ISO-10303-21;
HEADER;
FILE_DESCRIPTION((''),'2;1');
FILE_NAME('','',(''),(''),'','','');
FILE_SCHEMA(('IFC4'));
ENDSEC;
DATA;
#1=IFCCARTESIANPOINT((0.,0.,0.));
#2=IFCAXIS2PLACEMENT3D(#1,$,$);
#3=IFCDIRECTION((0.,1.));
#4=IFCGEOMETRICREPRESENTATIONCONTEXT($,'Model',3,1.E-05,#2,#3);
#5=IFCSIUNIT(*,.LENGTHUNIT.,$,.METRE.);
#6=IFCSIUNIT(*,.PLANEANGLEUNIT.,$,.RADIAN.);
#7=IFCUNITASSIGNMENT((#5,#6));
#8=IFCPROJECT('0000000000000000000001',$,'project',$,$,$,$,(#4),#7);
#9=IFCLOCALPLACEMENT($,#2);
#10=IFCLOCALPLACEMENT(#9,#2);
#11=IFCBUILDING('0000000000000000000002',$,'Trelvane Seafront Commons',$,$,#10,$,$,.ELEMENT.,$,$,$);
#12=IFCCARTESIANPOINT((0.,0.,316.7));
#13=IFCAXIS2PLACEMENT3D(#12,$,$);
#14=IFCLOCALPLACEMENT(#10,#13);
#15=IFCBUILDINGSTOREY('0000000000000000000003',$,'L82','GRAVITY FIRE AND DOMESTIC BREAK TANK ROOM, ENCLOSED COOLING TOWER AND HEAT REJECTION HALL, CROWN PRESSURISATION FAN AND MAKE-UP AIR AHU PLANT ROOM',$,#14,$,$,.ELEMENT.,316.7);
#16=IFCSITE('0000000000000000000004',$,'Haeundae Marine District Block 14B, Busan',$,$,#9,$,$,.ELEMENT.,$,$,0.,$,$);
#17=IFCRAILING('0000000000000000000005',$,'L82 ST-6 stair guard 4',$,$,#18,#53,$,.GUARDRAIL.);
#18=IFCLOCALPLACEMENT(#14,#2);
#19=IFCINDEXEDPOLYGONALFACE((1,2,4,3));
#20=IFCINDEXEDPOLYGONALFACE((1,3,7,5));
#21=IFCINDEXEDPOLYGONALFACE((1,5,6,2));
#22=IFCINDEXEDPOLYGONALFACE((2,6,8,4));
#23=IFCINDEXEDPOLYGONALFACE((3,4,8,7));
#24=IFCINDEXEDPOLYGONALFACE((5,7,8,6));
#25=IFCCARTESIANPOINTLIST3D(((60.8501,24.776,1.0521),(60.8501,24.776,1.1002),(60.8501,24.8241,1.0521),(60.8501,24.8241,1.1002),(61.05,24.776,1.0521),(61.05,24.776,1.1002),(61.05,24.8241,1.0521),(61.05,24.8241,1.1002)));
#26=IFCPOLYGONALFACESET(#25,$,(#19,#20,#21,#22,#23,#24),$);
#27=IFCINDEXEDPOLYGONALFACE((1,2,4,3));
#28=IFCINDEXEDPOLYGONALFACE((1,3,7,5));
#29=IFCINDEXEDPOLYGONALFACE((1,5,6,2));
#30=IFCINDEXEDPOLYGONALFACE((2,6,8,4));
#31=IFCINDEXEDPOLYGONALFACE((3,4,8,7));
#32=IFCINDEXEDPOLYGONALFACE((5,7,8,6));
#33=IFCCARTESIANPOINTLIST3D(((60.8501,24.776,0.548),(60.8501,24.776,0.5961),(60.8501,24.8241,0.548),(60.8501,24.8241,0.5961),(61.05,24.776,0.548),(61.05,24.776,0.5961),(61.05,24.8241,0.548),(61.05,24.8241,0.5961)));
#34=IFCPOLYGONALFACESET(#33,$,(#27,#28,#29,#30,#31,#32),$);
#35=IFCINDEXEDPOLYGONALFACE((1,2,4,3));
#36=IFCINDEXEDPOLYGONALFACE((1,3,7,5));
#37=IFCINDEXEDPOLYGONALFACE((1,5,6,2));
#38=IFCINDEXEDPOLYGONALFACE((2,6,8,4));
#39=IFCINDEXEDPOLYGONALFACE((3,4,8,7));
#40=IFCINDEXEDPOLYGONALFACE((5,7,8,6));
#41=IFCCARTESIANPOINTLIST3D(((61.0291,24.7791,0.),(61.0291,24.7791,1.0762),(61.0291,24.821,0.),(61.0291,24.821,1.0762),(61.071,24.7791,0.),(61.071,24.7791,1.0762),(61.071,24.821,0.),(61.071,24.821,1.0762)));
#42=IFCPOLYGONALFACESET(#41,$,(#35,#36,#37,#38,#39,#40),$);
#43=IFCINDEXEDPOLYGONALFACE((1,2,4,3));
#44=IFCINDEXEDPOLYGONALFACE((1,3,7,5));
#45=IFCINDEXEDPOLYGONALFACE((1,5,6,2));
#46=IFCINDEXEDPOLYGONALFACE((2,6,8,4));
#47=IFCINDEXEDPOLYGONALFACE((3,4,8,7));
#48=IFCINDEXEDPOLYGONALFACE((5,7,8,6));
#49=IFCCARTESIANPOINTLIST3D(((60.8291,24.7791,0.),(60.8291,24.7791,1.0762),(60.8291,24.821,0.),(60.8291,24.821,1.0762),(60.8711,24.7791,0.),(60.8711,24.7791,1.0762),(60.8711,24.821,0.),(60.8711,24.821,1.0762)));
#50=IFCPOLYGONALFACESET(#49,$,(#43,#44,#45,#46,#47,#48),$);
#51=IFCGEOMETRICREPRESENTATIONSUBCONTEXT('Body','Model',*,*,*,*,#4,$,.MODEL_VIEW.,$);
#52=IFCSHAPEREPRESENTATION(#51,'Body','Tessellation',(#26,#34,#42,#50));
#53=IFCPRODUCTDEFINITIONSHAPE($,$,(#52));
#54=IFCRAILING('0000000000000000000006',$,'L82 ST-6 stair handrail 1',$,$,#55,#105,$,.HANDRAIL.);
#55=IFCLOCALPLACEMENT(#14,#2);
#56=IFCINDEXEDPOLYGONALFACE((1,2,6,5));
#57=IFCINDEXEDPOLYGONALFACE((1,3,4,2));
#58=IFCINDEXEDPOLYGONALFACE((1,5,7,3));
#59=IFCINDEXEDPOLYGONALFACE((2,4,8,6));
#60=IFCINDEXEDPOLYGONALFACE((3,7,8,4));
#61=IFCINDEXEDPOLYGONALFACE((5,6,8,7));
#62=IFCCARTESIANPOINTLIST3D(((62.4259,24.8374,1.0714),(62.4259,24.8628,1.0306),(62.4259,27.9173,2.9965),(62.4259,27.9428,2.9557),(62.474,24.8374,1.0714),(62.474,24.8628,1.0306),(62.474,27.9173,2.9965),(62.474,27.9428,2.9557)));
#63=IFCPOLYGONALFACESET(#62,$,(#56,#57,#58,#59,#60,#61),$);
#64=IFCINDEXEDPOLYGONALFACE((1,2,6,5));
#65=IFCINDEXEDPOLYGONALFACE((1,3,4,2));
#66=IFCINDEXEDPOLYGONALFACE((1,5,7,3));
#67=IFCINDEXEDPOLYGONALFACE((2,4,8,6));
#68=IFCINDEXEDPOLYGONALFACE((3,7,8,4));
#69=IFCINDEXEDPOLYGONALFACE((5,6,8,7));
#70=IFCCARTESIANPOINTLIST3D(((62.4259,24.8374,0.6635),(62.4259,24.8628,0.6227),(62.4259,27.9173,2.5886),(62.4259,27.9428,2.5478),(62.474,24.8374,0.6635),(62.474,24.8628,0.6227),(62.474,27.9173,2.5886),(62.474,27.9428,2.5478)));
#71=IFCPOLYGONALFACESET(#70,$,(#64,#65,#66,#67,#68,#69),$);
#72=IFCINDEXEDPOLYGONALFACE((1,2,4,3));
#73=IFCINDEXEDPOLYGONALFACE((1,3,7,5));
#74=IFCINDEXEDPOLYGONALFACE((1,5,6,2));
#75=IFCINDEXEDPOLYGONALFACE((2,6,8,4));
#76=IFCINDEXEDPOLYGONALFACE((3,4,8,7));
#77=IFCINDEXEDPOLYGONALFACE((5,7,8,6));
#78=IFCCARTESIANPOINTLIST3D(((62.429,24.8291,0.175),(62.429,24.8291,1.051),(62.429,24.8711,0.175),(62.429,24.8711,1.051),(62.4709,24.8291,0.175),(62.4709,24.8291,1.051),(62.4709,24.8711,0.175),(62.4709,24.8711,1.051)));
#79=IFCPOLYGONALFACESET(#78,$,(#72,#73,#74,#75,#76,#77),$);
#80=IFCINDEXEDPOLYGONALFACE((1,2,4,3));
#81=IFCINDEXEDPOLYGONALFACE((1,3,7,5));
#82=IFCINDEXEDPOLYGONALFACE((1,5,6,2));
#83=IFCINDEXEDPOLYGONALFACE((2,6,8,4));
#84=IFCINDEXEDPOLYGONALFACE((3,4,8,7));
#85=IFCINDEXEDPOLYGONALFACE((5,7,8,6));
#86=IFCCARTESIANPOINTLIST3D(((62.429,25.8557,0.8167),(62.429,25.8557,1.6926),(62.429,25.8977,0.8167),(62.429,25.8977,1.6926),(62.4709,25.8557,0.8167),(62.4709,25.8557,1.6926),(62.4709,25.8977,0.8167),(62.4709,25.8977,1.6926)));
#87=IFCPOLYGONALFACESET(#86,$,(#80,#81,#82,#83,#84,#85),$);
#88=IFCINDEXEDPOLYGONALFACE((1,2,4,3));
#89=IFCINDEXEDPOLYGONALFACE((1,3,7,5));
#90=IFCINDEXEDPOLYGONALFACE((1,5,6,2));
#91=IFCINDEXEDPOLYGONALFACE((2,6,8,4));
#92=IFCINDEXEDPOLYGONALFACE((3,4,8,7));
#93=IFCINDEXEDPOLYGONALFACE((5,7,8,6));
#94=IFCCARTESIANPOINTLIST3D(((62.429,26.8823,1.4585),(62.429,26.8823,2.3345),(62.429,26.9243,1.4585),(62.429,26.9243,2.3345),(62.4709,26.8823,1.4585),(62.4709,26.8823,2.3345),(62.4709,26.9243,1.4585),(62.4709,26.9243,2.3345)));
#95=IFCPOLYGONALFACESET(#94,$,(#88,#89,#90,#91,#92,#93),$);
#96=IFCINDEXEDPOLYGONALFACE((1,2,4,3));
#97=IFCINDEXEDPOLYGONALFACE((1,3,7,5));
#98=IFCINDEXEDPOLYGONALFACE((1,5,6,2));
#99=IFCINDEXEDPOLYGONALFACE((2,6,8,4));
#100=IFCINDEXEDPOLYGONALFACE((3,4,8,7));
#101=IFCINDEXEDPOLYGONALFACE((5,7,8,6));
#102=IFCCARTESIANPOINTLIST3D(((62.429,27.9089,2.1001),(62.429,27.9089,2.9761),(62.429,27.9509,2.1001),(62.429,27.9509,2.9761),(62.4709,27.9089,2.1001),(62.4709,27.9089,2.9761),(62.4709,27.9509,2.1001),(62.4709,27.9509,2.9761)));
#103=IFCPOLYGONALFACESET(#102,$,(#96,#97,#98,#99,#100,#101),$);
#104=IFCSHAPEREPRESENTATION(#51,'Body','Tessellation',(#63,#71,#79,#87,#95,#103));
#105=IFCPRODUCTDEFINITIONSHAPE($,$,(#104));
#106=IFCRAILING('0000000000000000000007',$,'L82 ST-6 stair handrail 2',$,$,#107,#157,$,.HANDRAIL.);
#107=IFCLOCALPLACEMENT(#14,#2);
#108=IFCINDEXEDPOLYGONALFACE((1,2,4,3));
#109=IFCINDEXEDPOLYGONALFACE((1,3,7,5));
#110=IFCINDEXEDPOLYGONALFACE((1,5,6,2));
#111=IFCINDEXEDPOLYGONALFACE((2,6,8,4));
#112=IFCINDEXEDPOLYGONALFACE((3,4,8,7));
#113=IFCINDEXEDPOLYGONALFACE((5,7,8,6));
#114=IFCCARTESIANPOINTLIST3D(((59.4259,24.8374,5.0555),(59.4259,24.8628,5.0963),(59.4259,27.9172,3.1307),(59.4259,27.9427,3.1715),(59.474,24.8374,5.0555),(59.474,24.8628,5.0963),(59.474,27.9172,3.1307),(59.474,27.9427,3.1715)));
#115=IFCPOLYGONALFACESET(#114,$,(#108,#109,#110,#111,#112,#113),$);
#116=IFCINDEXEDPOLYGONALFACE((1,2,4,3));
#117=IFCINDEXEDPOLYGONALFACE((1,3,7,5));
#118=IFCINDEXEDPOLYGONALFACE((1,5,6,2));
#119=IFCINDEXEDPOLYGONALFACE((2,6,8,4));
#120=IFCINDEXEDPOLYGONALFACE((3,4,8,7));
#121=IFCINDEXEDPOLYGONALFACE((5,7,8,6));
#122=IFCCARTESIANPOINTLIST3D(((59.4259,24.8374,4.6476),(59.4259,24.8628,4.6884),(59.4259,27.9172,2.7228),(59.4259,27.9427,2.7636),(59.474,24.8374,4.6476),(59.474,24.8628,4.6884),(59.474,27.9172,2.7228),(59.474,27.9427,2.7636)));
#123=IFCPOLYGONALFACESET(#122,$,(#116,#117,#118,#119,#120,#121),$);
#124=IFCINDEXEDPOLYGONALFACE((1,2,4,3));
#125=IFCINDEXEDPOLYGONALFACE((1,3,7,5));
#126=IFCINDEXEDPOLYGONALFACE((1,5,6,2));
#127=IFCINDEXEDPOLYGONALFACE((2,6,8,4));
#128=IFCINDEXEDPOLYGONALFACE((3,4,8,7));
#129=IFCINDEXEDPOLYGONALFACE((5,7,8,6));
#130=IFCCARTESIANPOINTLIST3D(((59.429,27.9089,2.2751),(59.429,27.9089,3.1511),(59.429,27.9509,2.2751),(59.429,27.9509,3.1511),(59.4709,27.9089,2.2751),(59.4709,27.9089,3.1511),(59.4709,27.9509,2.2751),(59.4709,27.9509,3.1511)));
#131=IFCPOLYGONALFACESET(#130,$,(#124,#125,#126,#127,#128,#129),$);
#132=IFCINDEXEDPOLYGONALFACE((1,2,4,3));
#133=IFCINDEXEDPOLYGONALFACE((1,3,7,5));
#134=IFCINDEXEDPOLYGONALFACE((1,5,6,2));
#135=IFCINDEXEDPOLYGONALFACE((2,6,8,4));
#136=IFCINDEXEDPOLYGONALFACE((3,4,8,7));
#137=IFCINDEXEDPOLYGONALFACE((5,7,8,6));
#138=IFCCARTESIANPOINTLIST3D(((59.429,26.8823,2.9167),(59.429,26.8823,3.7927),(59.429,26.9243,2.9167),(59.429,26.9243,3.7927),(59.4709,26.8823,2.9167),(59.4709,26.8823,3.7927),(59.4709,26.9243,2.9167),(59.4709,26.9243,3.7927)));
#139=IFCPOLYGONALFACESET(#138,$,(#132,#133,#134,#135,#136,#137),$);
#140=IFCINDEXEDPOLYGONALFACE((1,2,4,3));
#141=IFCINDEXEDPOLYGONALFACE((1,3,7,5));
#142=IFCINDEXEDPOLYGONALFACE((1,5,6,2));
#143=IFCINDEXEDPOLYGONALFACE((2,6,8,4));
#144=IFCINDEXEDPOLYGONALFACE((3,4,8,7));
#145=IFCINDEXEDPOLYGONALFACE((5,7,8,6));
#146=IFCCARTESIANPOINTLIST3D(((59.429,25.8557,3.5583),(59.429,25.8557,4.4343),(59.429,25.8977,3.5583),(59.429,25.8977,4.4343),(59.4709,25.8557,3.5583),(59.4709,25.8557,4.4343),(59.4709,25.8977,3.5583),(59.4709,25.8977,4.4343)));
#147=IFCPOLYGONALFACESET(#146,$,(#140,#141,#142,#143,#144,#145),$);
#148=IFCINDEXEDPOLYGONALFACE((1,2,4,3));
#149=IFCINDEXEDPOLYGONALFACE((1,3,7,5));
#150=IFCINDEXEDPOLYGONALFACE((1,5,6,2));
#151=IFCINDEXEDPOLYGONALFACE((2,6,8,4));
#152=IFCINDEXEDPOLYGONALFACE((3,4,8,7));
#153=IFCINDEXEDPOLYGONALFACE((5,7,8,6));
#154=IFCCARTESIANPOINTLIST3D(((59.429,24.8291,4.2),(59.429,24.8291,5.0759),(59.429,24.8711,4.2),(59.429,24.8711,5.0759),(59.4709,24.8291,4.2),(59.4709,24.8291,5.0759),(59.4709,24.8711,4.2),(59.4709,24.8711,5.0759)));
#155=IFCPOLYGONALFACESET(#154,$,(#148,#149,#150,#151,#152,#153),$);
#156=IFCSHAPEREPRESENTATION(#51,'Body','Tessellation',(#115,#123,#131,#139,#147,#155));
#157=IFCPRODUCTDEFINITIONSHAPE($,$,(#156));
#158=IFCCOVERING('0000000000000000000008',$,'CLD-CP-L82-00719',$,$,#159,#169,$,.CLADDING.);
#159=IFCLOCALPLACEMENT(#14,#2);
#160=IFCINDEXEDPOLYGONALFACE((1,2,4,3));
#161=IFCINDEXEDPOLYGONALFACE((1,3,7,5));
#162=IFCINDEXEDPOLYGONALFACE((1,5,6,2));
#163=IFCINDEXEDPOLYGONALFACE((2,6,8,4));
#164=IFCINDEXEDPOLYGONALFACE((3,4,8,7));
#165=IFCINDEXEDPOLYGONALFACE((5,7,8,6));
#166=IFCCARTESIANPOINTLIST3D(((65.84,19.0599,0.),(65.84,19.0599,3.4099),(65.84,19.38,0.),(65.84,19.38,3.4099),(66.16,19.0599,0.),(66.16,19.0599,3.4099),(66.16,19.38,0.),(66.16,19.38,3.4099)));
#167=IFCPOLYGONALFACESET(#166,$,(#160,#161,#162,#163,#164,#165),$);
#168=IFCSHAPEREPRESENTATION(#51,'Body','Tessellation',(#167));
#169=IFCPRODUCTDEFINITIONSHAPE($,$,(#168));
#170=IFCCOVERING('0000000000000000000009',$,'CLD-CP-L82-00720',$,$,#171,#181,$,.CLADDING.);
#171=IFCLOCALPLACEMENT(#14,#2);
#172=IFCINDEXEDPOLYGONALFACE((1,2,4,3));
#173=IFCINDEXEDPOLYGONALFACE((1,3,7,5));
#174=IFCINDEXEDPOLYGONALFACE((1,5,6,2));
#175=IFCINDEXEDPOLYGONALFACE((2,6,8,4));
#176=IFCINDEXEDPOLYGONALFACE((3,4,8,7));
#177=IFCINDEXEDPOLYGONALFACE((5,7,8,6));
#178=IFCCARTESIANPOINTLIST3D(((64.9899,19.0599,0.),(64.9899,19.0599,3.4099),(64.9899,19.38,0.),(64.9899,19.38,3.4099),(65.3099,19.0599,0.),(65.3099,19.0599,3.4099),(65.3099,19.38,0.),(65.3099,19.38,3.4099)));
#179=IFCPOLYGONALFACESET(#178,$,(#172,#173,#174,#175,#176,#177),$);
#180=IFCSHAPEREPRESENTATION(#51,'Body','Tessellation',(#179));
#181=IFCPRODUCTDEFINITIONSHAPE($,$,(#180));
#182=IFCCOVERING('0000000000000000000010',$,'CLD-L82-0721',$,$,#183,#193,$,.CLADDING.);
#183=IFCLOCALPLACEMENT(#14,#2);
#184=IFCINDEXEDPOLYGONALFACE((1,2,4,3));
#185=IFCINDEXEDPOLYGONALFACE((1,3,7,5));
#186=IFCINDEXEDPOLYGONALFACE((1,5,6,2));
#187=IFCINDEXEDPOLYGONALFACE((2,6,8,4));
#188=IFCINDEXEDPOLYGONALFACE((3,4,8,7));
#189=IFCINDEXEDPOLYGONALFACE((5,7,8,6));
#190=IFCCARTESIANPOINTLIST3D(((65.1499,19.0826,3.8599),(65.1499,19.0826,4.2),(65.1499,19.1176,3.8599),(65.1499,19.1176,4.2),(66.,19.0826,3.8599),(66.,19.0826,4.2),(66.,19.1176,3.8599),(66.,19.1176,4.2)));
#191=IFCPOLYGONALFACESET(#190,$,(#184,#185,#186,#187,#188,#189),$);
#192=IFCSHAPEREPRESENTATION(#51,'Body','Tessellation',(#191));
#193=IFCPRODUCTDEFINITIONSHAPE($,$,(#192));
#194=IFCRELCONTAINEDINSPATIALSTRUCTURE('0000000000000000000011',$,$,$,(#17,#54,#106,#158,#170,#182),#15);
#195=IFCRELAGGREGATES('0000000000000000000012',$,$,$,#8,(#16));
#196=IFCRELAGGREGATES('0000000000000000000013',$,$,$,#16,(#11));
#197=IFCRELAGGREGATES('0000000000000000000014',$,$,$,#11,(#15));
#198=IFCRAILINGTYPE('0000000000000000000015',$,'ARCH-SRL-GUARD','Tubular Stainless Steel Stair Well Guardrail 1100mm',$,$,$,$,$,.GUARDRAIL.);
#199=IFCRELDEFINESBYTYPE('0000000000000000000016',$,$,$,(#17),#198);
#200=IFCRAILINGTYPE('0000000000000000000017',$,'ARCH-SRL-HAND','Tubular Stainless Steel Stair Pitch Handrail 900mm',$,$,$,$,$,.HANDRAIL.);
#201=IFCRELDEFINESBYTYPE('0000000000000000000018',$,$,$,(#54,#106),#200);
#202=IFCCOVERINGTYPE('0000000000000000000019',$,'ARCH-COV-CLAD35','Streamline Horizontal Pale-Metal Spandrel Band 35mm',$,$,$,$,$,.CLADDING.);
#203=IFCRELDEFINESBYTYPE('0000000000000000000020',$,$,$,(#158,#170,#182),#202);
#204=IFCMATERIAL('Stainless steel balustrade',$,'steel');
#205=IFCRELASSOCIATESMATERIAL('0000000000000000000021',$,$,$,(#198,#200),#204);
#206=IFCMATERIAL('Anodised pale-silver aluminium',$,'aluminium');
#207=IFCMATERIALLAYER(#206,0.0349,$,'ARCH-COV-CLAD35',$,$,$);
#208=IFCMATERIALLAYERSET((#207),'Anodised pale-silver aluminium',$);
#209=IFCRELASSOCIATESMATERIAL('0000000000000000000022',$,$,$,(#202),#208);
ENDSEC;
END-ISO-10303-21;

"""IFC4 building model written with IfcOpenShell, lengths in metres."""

from ifc_helpers import new_model, si_unit, direction, frame, origin, origin_2d, place, context, subcontext, project, spatial, rectangle, extrude, source, transform, mapped, material, layer, layer_set, type_object, element, save


model = new_model("IFC4")

# Units and contexts
model_context = context("Model", 3, precision=1e-05, world=origin(), true_north=direction((0.0, 1.0)))
body_context = subcontext(model_context, "Body", "Model", "MODEL_VIEW")
ifc_project = project(units=[si_unit("LENGTHUNIT", "METRE"), si_unit("PLANEANGLEUNIT", "RADIAN")], contexts=[model_context])

# Site, building, storey
site_placement = place(None, origin())
site = spatial("IfcSite", under=ifc_project, at=site_placement, Name="Haeundae Marine District Block 14B, Busan", CompositionType="ELEMENT", RefElevation=0.0)
building_placement = place(site_placement, origin())
building = spatial("IfcBuilding", under=site, at=building_placement, Name="Trelvane Seafront Commons", CompositionType="ELEMENT")
storey_placement = place(building_placement, frame((0.0, 0.0, 316.7)))
storey = spatial("IfcBuildingStorey", under=building, at=storey_placement, Name="L82", Description="GRAVITY FIRE AND DOMESTIC BREAK TANK ROOM, ENCLOSED COOLING TOWER AND HEAT REJECTION HALL, CROWN PRESSURISATION FAN AND MAKE-UP AIR AHU PLANT ROOM", CompositionType="ELEMENT", Elevation=316.7)

# Shared definitions
ifc_material_1 = material(Name="Anodised pale-silver aluminium", Category="aluminium")

# Railings
ifc_material_2 = material(Name="Stainless steel balustrade", Category="steel")
railing_type_1 = type_object("IfcRailingType", Name="ARCH-SRL-GUARD", Description="Tubular Stainless Steel Stair Well Guardrail 1100mm", PredefinedType="GUARDRAIL", material=ifc_material_2)
railing_1_placement = place(storey_placement, frame((61.05, 24.8, 0.0)))
element("IfcRailing", 1, at=railing_1_placement, inside=storey, type_object=railing_type_1, Name="L82 ST-6 stair guard 4", PredefinedType="GUARDRAIL", context=body_context, shape_type="SweptSolid", body=[
    extrude(rectangle(XDim=0.0481, YDim=0.0481, at=origin_2d()), frame((0.0, 0.0, 1.0762), z_axis=(-1.0, 0.0, 0.0), x_axis=(0.0, -1.0, 0.0)), (0.0, 0.0, 1.0), 0.2),
    extrude(rectangle(XDim=0.0481, YDim=0.0481, at=origin_2d()), frame((0.0, 0.0, 0.572), z_axis=(-1.0, 0.0, 0.0), x_axis=(0.0, -1.0, 0.0)), (0.0, 0.0, 1.0), 0.2),
    extrude(rectangle(XDim=0.042, YDim=0.042, at=origin_2d()), origin(), (0.0, 0.0, 1.0), 1.0762),
    extrude(rectangle(XDim=0.042, YDim=0.042, at=origin_2d()), frame((-0.2, 0.0, 0.0)), (0.0, 0.0, 1.0), 1.0762),
])
railing_type_2 = type_object("IfcRailingType", Name="ARCH-SRL-HAND", Description="Tubular Stainless Steel Stair Pitch Handrail 900mm", PredefinedType="HANDRAIL", material=ifc_material_2)
railing_2_placement = place(storey_placement, frame((62.45, 24.8501, 0.175)))
element("IfcRailing", 2, at=railing_2_placement, inside=storey, type_object=railing_type_2, Name="L82 ST-6 stair handrail 1", PredefinedType="HANDRAIL", context=body_context, shape_type="SweptSolid", body=[
    extrude(rectangle(XDim=0.0481, YDim=0.0481, at=origin_2d()), frame((0.0, 0.0, 0.876), z_axis=(0.0, 0.847979, 0.530029), x_axis=(-1.0, 0.0, 0.0)), (0.0, 0.0, 1.0), 3.6321),
    extrude(rectangle(XDim=0.0481, YDim=0.0481, at=origin_2d()), frame((0.0, 0.0, 0.468), z_axis=(0.0, 0.847979, 0.530029), x_axis=(-1.0, 0.0, 0.0)), (0.0, 0.0, 1.0), 3.6321),
    extrude(rectangle(XDim=0.042, YDim=0.042, at=origin_2d()), origin(), (0.0, 0.0, 1.0), 0.876),
    extrude(rectangle(XDim=0.042, YDim=0.042, at=origin_2d()), frame((0.0, 1.0266, 0.6416)), (0.0, 0.0, 1.0), 0.876),
    extrude(rectangle(XDim=0.042, YDim=0.042, at=origin_2d()), frame((0.0, 2.0532, 1.2834)), (0.0, 0.0, 1.0), 0.876),
    extrude(rectangle(XDim=0.042, YDim=0.042, at=origin_2d()), frame((0.0, 3.0798, 1.925)), (0.0, 0.0, 1.0), 0.876),
])
railing_3_placement = place(storey_placement, frame((59.45, 27.9299, 2.2751)))
element("IfcRailing", 3, at=railing_3_placement, inside=storey, type_object=railing_type_2, Name="L82 ST-6 stair handrail 2", PredefinedType="HANDRAIL", context=body_context, shape_type="SweptSolid", body=[
    extrude(rectangle(XDim=0.0481, YDim=0.0481, at=origin_2d()), frame((0.0, 0.0, 0.876), z_axis=(0.0, -0.84801, 0.529981), x_axis=(1.0, 0.0, 0.0)), (0.0, 0.0, 1.0), 3.6318),
    extrude(rectangle(XDim=0.0481, YDim=0.0481, at=origin_2d()), frame((0.0, 0.0, 0.468), z_axis=(0.0, -0.84801, 0.529981), x_axis=(1.0, 0.0, 0.0)), (0.0, 0.0, 1.0), 3.6318),
    extrude(rectangle(XDim=0.042, YDim=0.042, at=origin_2d()), origin(), (0.0, 0.0, 1.0), 0.876),
    extrude(rectangle(XDim=0.042, YDim=0.042, at=origin_2d()), frame((0.0, -1.0266, 0.6416)), (0.0, 0.0, 1.0), 0.876),
    extrude(rectangle(XDim=0.042, YDim=0.042, at=origin_2d()), frame((0.0, -2.0532, 1.2832)), (0.0, 0.0, 1.0), 0.876),
    extrude(rectangle(XDim=0.042, YDim=0.042, at=origin_2d()), frame((0.0, -3.0798, 1.9248)), (0.0, 0.0, 1.0), 0.876),
])

# Coverings
ifc_layer_1 = layer(ifc_material_1, 0.0349, Name="ARCH-COV-CLAD35")
ifc_layer_set_1 = layer_set([ifc_layer_1], Name="Anodised pale-silver aluminium")
covering_type = type_object("IfcCoveringType", Name="ARCH-COV-CLAD35", Description="Streamline Horizontal Pale-Metal Spandrel Band 35mm", PredefinedType="CLADDING", material=ifc_layer_set_1)
shared_shape_1 = source(origin(), body_context, "Body", "SweptSolid", [
    extrude(rectangle(XDim=0.3201, YDim=0.3201, at=origin_2d()), origin(), (0.0, 0.0, 1.0), 3.4099),
])
for number, where, z_axis, x_axis, name in (
    (4, (66.0, 19.22, 0.0), (0.0, 0.0, 1.0), (1.0, 0.0, 0.0), "CLD-CP-L82-00719"),
    (5, (65.1499, 19.22, 0.0), (0.0, 0.0, 1.0), (1.0, 0.0, 0.0), "CLD-CP-L82-00720"),
):
    element("IfcCovering", number, at=place(storey_placement, frame(where, z_axis=z_axis, x_axis=x_axis)), inside=storey, type_object=covering_type, Name=name, PredefinedType="CLADDING", context=body_context, shape_type="MappedRepresentation", body=[
        mapped(shared_shape_1, transform((0.0, 0.0, 0.0), x_axis=(1.0, 0.0, 0.0), y_axis=(0.0, 1.0, 0.0), z_axis=(0.0, 0.0, 1.0), scale=1.0)),
    ])
shared_shape_2 = source(origin(), body_context, "Body", "SweptSolid", [
    extrude(rectangle(XDim=0.8501, YDim=0.0349, at=origin_2d()), origin(), (0.0, 0.0, 1.0), 0.3401),
])
covering_placement = place(storey_placement, frame((65.575, 19.1001, 3.8599), z_axis=(0.0, 0.0, 1.0), x_axis=(-1.0, 0.0, 0.0)))
element("IfcCovering", 6, at=covering_placement, inside=storey, type_object=covering_type, Name="CLD-L82-0721", PredefinedType="CLADDING", context=body_context, shape_type="MappedRepresentation", body=[
    mapped(shared_shape_2, transform((0.0, 0.0, 0.0), x_axis=(1.0, 0.0, 0.0), y_axis=(0.0, 1.0, 0.0), z_axis=(0.0, 0.0, 1.0), scale=1.0)),
])

save(model, "model.ifc")
